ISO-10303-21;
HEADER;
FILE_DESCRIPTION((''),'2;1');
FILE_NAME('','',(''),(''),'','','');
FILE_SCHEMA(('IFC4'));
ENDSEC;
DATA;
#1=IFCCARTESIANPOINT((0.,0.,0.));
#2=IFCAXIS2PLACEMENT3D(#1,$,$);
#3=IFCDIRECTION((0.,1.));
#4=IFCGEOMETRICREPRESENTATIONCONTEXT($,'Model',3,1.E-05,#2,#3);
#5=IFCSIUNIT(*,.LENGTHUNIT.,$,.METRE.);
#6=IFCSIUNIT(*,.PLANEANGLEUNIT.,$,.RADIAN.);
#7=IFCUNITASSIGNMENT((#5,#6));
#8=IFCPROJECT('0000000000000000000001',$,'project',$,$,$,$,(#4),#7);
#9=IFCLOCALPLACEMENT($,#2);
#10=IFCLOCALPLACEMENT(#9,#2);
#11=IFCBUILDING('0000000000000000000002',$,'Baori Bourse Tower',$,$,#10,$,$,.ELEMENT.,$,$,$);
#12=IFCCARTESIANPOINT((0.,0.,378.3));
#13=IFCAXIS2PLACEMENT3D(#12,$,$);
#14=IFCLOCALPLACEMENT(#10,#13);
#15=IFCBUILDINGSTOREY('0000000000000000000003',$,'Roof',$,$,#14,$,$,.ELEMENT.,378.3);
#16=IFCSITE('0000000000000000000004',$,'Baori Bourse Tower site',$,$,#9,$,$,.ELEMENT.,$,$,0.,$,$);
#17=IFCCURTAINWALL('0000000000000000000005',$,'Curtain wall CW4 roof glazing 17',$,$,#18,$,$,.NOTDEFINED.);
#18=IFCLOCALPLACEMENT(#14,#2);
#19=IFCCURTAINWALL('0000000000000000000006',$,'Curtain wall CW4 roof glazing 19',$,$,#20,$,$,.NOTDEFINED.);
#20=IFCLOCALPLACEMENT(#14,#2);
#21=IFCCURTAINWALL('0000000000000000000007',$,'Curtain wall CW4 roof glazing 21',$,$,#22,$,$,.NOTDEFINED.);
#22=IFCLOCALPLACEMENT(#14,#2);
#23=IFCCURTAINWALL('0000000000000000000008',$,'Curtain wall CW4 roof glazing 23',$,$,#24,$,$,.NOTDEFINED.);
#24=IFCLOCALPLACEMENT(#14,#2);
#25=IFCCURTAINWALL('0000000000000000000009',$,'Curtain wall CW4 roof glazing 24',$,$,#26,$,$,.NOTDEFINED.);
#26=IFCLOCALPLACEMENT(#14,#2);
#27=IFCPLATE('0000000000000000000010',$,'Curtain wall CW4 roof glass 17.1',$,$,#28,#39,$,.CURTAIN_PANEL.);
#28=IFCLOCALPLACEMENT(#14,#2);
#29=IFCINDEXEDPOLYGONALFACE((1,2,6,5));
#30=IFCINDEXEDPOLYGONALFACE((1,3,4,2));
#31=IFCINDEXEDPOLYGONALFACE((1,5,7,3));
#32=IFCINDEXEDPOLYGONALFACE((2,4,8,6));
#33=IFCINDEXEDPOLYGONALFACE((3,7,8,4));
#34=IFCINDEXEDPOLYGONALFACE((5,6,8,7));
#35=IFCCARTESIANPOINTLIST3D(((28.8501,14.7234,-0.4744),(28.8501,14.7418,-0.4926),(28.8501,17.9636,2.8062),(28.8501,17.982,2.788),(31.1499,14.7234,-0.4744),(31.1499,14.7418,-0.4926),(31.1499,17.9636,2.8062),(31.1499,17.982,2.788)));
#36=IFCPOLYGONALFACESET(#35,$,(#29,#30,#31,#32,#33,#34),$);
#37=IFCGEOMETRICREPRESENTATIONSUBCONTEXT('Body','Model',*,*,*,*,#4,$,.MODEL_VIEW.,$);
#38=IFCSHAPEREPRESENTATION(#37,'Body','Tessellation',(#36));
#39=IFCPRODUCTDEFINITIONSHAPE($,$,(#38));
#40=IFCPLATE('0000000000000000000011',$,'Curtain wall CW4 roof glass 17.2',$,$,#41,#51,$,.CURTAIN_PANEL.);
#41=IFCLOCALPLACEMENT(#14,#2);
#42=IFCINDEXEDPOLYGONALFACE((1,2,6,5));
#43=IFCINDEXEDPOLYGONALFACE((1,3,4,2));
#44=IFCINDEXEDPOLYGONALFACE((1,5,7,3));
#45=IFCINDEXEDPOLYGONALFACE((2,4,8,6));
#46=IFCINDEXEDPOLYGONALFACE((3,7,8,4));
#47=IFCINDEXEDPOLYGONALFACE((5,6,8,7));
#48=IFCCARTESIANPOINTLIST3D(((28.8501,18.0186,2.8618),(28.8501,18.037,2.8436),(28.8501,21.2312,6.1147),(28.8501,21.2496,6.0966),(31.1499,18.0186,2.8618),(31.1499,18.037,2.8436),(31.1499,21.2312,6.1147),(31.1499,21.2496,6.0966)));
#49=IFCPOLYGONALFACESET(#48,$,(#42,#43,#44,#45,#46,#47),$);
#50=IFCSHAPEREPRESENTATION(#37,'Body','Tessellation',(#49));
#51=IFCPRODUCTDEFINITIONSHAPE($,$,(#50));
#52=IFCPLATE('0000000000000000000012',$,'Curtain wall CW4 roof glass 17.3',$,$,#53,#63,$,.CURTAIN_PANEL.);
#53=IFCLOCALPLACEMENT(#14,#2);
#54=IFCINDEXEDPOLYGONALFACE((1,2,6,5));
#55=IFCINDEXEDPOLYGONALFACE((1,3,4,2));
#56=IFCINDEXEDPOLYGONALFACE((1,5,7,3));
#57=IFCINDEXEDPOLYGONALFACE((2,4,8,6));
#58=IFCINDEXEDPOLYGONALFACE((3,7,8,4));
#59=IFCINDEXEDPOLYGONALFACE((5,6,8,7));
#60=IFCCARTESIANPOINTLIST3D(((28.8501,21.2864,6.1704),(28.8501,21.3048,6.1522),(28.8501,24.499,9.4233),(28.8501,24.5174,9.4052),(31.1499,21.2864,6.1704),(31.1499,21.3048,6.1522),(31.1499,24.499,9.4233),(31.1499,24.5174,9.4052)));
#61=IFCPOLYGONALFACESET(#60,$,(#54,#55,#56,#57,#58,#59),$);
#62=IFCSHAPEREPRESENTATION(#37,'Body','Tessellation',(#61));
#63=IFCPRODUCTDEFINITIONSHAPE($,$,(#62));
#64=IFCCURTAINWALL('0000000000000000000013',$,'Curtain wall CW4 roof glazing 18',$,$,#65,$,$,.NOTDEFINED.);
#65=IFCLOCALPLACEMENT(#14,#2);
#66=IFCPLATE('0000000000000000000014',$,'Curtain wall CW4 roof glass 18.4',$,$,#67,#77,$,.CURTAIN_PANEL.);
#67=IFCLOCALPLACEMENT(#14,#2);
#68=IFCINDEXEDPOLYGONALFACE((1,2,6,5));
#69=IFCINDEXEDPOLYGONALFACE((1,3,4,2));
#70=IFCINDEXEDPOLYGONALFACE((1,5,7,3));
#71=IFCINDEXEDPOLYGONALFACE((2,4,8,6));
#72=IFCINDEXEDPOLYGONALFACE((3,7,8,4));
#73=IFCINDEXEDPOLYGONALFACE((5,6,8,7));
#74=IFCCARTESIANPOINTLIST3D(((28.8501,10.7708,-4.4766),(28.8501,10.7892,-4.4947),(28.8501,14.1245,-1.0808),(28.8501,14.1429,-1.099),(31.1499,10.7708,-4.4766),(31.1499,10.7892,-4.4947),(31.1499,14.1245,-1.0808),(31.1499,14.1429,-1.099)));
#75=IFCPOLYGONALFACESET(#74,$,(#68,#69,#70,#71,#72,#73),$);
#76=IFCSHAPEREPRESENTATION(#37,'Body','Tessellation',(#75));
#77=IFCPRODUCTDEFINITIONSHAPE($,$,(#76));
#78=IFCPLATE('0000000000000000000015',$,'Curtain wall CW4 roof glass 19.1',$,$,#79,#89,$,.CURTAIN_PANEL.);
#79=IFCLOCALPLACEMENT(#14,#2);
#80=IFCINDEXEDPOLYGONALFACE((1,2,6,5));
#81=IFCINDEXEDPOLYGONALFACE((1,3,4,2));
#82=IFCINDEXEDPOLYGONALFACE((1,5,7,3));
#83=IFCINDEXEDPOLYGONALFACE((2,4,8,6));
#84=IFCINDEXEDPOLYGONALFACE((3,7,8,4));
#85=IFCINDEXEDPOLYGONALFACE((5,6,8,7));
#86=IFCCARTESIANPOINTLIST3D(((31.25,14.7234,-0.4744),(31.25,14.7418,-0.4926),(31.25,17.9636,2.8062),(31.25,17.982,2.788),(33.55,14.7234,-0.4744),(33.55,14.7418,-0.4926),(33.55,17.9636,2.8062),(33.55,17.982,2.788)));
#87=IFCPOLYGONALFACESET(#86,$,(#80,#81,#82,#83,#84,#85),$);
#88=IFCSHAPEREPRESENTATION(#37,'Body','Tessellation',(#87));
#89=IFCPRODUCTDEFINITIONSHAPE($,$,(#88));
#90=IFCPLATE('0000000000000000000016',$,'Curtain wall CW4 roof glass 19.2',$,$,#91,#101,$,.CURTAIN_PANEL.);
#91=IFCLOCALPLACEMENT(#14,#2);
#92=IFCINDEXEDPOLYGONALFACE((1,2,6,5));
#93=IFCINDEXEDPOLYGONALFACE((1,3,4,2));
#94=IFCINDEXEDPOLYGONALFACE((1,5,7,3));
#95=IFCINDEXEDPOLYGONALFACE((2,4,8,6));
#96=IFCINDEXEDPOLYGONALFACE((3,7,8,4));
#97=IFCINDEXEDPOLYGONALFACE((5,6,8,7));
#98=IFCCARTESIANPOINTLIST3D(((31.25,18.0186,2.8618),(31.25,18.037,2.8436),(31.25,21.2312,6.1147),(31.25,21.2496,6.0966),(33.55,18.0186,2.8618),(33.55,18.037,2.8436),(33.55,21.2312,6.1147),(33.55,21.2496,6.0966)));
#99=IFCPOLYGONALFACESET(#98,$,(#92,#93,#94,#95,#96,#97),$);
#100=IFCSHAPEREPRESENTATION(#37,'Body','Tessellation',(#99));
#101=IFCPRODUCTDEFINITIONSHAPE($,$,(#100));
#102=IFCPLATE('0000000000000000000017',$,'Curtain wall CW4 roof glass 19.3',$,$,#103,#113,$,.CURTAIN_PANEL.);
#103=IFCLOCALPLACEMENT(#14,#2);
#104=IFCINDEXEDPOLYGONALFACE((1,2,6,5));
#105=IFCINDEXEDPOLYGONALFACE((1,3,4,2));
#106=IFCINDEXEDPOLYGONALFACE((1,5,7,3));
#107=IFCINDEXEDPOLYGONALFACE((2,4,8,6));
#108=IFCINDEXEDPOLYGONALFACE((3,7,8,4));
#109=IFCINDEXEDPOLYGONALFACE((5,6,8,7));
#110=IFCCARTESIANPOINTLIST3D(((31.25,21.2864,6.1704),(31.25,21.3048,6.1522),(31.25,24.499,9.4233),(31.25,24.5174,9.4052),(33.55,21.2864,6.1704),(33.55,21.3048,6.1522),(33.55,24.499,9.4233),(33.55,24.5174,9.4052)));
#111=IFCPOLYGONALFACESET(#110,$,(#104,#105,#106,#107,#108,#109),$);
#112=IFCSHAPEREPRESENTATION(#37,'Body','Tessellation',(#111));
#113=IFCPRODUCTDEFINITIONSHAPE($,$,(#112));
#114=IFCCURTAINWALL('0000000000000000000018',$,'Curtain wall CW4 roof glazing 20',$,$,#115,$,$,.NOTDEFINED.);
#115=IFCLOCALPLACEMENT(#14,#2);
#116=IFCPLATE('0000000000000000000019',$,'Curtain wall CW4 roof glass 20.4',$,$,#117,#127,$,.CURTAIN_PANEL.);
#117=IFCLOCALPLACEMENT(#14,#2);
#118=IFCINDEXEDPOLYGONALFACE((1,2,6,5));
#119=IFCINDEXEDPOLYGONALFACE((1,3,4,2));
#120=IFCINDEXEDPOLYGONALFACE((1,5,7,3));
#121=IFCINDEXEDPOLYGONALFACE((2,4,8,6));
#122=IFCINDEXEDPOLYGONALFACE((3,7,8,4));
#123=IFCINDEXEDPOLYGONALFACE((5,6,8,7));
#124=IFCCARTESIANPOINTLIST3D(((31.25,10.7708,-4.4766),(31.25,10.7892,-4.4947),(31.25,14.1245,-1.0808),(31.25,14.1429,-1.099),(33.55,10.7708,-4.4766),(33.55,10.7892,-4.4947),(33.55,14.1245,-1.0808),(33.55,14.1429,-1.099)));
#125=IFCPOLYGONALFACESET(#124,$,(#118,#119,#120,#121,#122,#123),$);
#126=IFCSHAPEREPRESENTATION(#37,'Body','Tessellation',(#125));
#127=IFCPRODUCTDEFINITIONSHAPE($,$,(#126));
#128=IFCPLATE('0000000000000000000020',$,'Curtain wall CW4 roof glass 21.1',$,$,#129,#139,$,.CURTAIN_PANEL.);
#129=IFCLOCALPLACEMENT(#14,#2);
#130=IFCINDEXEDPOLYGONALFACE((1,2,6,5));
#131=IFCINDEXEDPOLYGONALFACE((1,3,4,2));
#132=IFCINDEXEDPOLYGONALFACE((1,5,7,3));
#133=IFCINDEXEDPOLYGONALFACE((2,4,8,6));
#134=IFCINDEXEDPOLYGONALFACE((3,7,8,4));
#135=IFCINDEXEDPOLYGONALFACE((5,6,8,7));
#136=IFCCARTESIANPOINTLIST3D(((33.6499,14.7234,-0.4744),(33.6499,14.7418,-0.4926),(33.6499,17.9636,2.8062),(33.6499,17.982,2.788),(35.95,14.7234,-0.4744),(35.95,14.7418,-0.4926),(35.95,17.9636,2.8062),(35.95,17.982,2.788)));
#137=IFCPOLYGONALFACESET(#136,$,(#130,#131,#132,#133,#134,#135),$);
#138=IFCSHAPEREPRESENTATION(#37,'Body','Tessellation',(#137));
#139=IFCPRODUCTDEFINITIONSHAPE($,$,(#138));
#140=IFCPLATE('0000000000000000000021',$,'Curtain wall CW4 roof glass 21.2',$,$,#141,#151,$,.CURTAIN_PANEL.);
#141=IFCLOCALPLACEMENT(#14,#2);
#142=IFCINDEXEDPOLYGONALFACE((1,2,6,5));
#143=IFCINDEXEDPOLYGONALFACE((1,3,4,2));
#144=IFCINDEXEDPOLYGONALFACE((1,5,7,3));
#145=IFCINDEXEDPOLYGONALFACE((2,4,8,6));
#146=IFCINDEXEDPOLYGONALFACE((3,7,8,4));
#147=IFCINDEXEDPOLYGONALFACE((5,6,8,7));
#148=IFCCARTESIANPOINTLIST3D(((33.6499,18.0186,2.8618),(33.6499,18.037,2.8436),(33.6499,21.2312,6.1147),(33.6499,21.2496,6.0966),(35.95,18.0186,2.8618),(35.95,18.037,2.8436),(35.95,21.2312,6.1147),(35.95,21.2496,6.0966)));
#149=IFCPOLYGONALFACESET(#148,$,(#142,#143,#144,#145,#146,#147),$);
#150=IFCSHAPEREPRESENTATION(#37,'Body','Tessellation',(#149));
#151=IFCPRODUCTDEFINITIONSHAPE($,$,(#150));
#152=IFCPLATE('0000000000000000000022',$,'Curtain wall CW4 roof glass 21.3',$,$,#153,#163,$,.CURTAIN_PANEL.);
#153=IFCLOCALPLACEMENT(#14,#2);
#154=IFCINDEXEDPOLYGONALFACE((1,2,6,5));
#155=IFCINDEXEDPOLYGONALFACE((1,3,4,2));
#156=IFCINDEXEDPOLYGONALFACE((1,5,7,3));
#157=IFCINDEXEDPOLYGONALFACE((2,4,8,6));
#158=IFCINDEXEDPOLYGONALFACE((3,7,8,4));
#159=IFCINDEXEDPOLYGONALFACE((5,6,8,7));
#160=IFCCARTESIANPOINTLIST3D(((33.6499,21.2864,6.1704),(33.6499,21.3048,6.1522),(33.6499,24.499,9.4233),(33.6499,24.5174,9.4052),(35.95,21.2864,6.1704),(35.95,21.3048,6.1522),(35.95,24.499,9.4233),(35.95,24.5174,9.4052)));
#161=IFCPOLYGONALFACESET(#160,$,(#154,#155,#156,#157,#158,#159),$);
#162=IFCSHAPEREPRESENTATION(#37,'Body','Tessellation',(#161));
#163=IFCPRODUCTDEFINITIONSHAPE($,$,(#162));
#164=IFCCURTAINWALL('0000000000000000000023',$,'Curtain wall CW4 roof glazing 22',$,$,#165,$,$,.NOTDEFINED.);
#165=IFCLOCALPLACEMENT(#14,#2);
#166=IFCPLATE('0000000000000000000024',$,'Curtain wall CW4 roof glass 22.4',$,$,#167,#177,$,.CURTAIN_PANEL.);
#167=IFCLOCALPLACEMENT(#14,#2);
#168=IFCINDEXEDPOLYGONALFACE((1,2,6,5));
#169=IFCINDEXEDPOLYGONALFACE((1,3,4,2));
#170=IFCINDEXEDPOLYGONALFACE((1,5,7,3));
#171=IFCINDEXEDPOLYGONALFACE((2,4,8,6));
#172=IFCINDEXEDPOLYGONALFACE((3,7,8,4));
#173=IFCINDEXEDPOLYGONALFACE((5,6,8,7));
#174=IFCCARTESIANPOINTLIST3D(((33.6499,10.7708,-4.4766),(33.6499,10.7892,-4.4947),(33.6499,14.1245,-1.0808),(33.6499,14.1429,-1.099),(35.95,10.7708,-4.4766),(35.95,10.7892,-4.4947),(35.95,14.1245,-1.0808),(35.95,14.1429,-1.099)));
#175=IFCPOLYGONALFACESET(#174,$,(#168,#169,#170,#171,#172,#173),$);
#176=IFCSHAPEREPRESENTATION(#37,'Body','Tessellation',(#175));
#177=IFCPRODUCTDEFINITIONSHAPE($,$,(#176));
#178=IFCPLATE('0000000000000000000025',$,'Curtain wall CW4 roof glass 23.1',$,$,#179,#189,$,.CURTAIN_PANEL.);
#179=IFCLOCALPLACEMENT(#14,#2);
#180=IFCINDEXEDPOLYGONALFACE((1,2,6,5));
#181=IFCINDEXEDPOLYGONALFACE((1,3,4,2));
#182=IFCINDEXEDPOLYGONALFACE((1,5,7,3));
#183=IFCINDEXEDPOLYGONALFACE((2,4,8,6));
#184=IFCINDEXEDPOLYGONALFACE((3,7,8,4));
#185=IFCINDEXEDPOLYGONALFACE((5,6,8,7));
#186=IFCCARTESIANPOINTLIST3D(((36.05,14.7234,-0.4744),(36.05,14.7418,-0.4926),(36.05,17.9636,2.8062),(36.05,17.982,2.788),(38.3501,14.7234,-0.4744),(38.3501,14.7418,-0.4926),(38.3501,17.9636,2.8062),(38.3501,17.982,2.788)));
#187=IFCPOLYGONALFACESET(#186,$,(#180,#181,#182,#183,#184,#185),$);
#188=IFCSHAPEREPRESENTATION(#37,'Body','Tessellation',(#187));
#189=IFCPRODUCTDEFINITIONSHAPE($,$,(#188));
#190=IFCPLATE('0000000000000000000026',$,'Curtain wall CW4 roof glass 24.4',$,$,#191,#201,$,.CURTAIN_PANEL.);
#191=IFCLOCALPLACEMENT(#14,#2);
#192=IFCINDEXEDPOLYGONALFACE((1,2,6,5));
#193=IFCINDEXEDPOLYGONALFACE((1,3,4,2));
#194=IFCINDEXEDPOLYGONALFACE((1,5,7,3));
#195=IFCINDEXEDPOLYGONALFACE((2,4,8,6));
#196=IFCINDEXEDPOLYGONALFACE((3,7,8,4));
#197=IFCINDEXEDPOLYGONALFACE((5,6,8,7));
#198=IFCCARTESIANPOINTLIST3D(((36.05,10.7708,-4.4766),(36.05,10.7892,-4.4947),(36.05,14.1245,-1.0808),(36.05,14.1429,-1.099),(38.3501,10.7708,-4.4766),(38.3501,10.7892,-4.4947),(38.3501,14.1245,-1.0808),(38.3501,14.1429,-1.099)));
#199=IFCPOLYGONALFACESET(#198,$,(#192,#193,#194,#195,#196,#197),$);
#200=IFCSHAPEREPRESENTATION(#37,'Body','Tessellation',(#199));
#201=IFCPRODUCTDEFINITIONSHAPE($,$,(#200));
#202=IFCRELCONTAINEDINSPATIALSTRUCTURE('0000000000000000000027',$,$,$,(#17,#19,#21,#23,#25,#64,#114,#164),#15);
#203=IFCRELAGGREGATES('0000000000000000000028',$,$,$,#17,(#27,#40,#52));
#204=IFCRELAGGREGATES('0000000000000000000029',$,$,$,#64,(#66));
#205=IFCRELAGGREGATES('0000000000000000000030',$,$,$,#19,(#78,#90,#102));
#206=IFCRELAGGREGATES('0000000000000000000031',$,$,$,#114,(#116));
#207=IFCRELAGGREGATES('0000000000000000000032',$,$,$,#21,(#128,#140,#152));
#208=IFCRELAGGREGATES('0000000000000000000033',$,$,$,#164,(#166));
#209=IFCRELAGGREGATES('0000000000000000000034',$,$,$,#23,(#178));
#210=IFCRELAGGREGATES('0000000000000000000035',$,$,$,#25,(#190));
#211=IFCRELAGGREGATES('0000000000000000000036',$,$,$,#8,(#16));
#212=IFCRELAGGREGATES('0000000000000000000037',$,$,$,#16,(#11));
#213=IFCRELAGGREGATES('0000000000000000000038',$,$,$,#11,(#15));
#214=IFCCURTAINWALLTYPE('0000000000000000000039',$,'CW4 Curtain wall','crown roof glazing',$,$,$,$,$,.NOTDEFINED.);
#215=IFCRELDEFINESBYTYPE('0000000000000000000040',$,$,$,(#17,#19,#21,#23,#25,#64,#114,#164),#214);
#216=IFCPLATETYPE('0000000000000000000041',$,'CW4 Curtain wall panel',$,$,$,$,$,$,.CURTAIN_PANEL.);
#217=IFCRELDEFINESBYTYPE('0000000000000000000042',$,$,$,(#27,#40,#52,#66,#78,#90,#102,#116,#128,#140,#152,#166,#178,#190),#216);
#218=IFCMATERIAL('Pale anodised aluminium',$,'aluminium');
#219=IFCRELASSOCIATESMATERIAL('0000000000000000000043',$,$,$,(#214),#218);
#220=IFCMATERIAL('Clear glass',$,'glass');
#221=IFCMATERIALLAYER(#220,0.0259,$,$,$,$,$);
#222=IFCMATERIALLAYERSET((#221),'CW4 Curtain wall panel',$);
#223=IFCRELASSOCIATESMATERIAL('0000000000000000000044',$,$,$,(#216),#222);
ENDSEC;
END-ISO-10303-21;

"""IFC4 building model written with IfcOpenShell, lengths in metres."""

from ifc_helpers import new_model, si_unit, direction, frame, origin, place, context, subcontext, project, spatial, polyline, outline, extrude, material, layer, layer_set, type_object, element, aggregate, save


model = new_model("IFC4")

# Units and contexts
model_context = context("Model", 3, precision=1e-05, world=origin(), true_north=direction((0.0, 1.0)))
body_context = subcontext(model_context, "Body", "Model", "MODEL_VIEW")
ifc_project = project(units=[si_unit("LENGTHUNIT", "METRE"), si_unit("PLANEANGLEUNIT", "RADIAN")], contexts=[model_context])

# Site, building, storey
site_placement = place(None, origin())
site = spatial("IfcSite", under=ifc_project, at=site_placement, Name="Baori Bourse Tower site", CompositionType="ELEMENT", RefElevation=0.0)
building_placement = place(site_placement, origin())
building = spatial("IfcBuilding", under=site, at=building_placement, Name="Baori Bourse Tower", CompositionType="ELEMENT")
storey_placement = place(building_placement, frame((0.0, 0.0, 378.3)))
storey = spatial("IfcBuildingStorey", under=building, at=storey_placement, Name="Roof", CompositionType="ELEMENT", Elevation=378.3)

# Shared definitions
ifc_material_1 = material(Name="Pale anodised aluminium", Category="aluminium")
curtain_wall_type = type_object("IfcCurtainWallType", Name="CW4 Curtain wall", Description="crown roof glazing", PredefinedType="NOTDEFINED", material=ifc_material_1)

# Curtain walls
curtain_wall_1_placement = place(storey_placement, origin())
curtain_wall_1 = element("IfcCurtainWall", 1, at=curtain_wall_1_placement, inside=storey, type_object=curtain_wall_type, Name="Curtain wall CW4 roof glazing 17", PredefinedType="NOTDEFINED")
curtain_wall_2_placement = place(storey_placement, origin())
curtain_wall_2 = element("IfcCurtainWall", 2, at=curtain_wall_2_placement, inside=storey, type_object=curtain_wall_type, Name="Curtain wall CW4 roof glazing 19", PredefinedType="NOTDEFINED")
curtain_wall_3_placement = place(storey_placement, origin())
curtain_wall_3 = element("IfcCurtainWall", 3, at=curtain_wall_3_placement, inside=storey, type_object=curtain_wall_type, Name="Curtain wall CW4 roof glazing 21", PredefinedType="NOTDEFINED")

# Curtain wall
curtain_wall_4_placement = place(storey_placement, origin())
curtain_wall_4 = element("IfcCurtainWall", 4, at=curtain_wall_4_placement, inside=storey, type_object=curtain_wall_type, Name="Curtain wall CW4 roof glazing 23", PredefinedType="NOTDEFINED")

# Curtain wall
curtain_wall_5_placement = place(storey_placement, origin())
curtain_wall_5 = element("IfcCurtainWall", 5, at=curtain_wall_5_placement, inside=storey, type_object=curtain_wall_type, Name="Curtain wall CW4 roof glazing 24", PredefinedType="NOTDEFINED")

# Plates
ifc_material_2 = material(Name="Clear glass", Category="glass")
ifc_layer_1 = layer(ifc_material_2, 0.0259)
ifc_layer_set_1 = layer_set([ifc_layer_1], Name="CW4 Curtain wall panel")
plate_type = type_object("IfcPlateType", Name="CW4 Curtain wall panel", PredefinedType="CURTAIN_PANEL", material=ifc_layer_set_1)
plate_1_placement = place(storey_placement, frame((28.8501, 14.7234, -0.4744), z_axis=(0.0, -0.711461, 0.702725), x_axis=(1.0, 0.0, 0.0)))
plate_1 = element("IfcPlate", 6, at=plate_1_placement, type_object=plate_type, Name="Curtain wall CW4 roof glass 17.1", PredefinedType="CURTAIN_PANEL", context=body_context, shape_type="SweptSolid", body=[
    extrude(outline(polyline([(0.0, 0.0), (2.2998, 0.0), (2.2998, 4.611), (0.0, 4.611), (0.0, 0.0)])), origin(), (0.0, 0.0, -1.0), 0.0259),
])
plate_2_placement = place(storey_placement, frame((28.8501, 18.0186, 2.8618), z_axis=(0.0, -0.711499, 0.702688), x_axis=(1.0, 0.0, 0.0)))
plate_2 = element("IfcPlate", 7, at=plate_2_placement, type_object=plate_type, Name="Curtain wall CW4 roof glass 17.2", PredefinedType="CURTAIN_PANEL", context=body_context, shape_type="SweptSolid", body=[
    extrude(outline(polyline([(0.0, 0.0), (2.2998, 0.0), (2.2998, 4.5719), (0.0, 4.5719), (0.0, 0.0)])), origin(), (0.0, 0.0, -1.0), 0.0259),
])
plate_3_placement = place(storey_placement, frame((28.8501, 21.2864, 6.1704), z_axis=(0.0, -0.711499, 0.702688), x_axis=(1.0, 0.0, 0.0)))
plate_3 = element("IfcPlate", 8, at=plate_3_placement, type_object=plate_type, Name="Curtain wall CW4 roof glass 17.3", PredefinedType="CURTAIN_PANEL", context=body_context, shape_type="SweptSolid", body=[
    extrude(outline(polyline([(0.0, 0.0), (2.2998, 0.0), (2.2998, 4.5719), (0.0, 4.5719), (0.0, 0.0)])), origin(), (0.0, 0.0, -1.0), 0.0259),
])
aggregate(curtain_wall_1, [plate_1, plate_2, plate_3])

# Curtain wall, plate
curtain_wall_6_placement = place(storey_placement, origin())
curtain_wall_6 = element("IfcCurtainWall", 9, at=curtain_wall_6_placement, inside=storey, type_object=curtain_wall_type, Name="Curtain wall CW4 roof glazing 18", PredefinedType="NOTDEFINED")
plate_4_placement = place(storey_placement, frame((28.8501, 10.7708, -4.4766), z_axis=(0.0, -0.711492, 0.702694), x_axis=(1.0, 0.0, 0.0)))
plate_4 = element("IfcPlate", 10, at=plate_4_placement, type_object=plate_type, Name="Curtain wall CW4 roof glass 18.4", PredefinedType="CURTAIN_PANEL", context=body_context, shape_type="SweptSolid", body=[
    extrude(outline(polyline([(0.0, 0.0), (2.2998, 0.0), (2.2998, 4.7727), (0.0, 4.7727), (0.0, 0.0)])), origin(), (0.0, 0.0, -1.0), 0.0259),
])
aggregate(curtain_wall_6, [plate_4])

# Plates
plate_5_placement = place(storey_placement, frame((31.25, 14.7234, -0.4744), z_axis=(0.0, -0.711461, 0.702725), x_axis=(1.0, 0.0, 0.0)))
plate_5 = element("IfcPlate", 11, at=plate_5_placement, type_object=plate_type, Name="Curtain wall CW4 roof glass 19.1", PredefinedType="CURTAIN_PANEL", context=body_context, shape_type="SweptSolid", body=[
    extrude(outline(polyline([(0.0, 0.0), (2.3, 0.0), (2.3, 4.611), (0.0, 4.611), (0.0, 0.0)])), origin(), (0.0, 0.0, -1.0), 0.0259),
])
plate_6_placement = place(storey_placement, frame((31.25, 18.0186, 2.8618), z_axis=(0.0, -0.711499, 0.702688), x_axis=(1.0, 0.0, 0.0)))
plate_6 = element("IfcPlate", 12, at=plate_6_placement, type_object=plate_type, Name="Curtain wall CW4 roof glass 19.2", PredefinedType="CURTAIN_PANEL", context=body_context, shape_type="SweptSolid", body=[
    extrude(outline(polyline([(0.0, 0.0), (2.3, 0.0), (2.3, 4.5719), (0.0, 4.5719), (0.0, 0.0)])), origin(), (0.0, 0.0, -1.0), 0.0259),
])
plate_7_placement = place(storey_placement, frame((31.25, 21.2864, 6.1704), z_axis=(0.0, -0.711499, 0.702688), x_axis=(1.0, 0.0, 0.0)))
plate_7 = element("IfcPlate", 13, at=plate_7_placement, type_object=plate_type, Name="Curtain wall CW4 roof glass 19.3", PredefinedType="CURTAIN_PANEL", context=body_context, shape_type="SweptSolid", body=[
    extrude(outline(polyline([(0.0, 0.0), (2.3, 0.0), (2.3, 4.5719), (0.0, 4.5719), (0.0, 0.0)])), origin(), (0.0, 0.0, -1.0), 0.0259),
])
aggregate(curtain_wall_2, [plate_5, plate_6, plate_7])

# Curtain wall, plate
curtain_wall_7_placement = place(storey_placement, origin())
curtain_wall_7 = element("IfcCurtainWall", 14, at=curtain_wall_7_placement, inside=storey, type_object=curtain_wall_type, Name="Curtain wall CW4 roof glazing 20", PredefinedType="NOTDEFINED")
plate_8_placement = place(storey_placement, frame((31.25, 10.7708, -4.4766), z_axis=(0.0, -0.711492, 0.702694), x_axis=(1.0, 0.0, 0.0)))
plate_8 = element("IfcPlate", 15, at=plate_8_placement, type_object=plate_type, Name="Curtain wall CW4 roof glass 20.4", PredefinedType="CURTAIN_PANEL", context=body_context, shape_type="SweptSolid", body=[
    extrude(outline(polyline([(0.0, 0.0), (2.3, 0.0), (2.3, 4.7727), (0.0, 4.7727), (0.0, 0.0)])), origin(), (0.0, 0.0, -1.0), 0.0259),
])
aggregate(curtain_wall_7, [plate_8])

# Plates
plate_9_placement = place(storey_placement, frame((33.6499, 14.7234, -0.4744), z_axis=(0.0, -0.711461, 0.702725), x_axis=(1.0, 0.0, 0.0)))
plate_9 = element("IfcPlate", 16, at=plate_9_placement, type_object=plate_type, Name="Curtain wall CW4 roof glass 21.1", PredefinedType="CURTAIN_PANEL", context=body_context, shape_type="SweptSolid", body=[
    extrude(outline(polyline([(0.0, 0.0), (2.3, 0.0), (2.3, 4.611), (0.0, 4.611), (0.0, 0.0)])), origin(), (0.0, 0.0, -1.0), 0.0259),
])
plate_10_placement = place(storey_placement, frame((33.6499, 18.0186, 2.8618), z_axis=(0.0, -0.711499, 0.702688), x_axis=(1.0, 0.0, 0.0)))
plate_10 = element("IfcPlate", 17, at=plate_10_placement, type_object=plate_type, Name="Curtain wall CW4 roof glass 21.2", PredefinedType="CURTAIN_PANEL", context=body_context, shape_type="SweptSolid", body=[
    extrude(outline(polyline([(0.0, 0.0), (2.3, 0.0), (2.3, 4.5719), (0.0, 4.5719), (0.0, 0.0)])), origin(), (0.0, 0.0, -1.0), 0.0259),
])
plate_11_placement = place(storey_placement, frame((33.6499, 21.2864, 6.1704), z_axis=(0.0, -0.711499, 0.702688), x_axis=(1.0, 0.0, 0.0)))
plate_11 = element("IfcPlate", 18, at=plate_11_placement, type_object=plate_type, Name="Curtain wall CW4 roof glass 21.3", PredefinedType="CURTAIN_PANEL", context=body_context, shape_type="SweptSolid", body=[
    extrude(outline(polyline([(0.0, 0.0), (2.3, 0.0), (2.3, 4.5719), (0.0, 4.5719), (0.0, 0.0)])), origin(), (0.0, 0.0, -1.0), 0.0259),
])
aggregate(curtain_wall_3, [plate_9, plate_10, plate_11])

# Curtain wall, plate
curtain_wall_8_placement = place(storey_placement, origin())
curtain_wall_8 = element("IfcCurtainWall", 19, at=curtain_wall_8_placement, inside=storey, type_object=curtain_wall_type, Name="Curtain wall CW4 roof glazing 22", PredefinedType="NOTDEFINED")
plate_12_placement = place(storey_placement, frame((33.6499, 10.7708, -4.4766), z_axis=(0.0, -0.711492, 0.702694), x_axis=(1.0, 0.0, 0.0)))
plate_12 = element("IfcPlate", 20, at=plate_12_placement, type_object=plate_type, Name="Curtain wall CW4 roof glass 22.4", PredefinedType="CURTAIN_PANEL", context=body_context, shape_type="SweptSolid", body=[
    extrude(outline(polyline([(0.0, 0.0), (2.3, 0.0), (2.3, 4.7727), (0.0, 4.7727), (0.0, 0.0)])), origin(), (0.0, 0.0, -1.0), 0.0259),
])
aggregate(curtain_wall_8, [plate_12])

# Plates
plate_13_placement = place(storey_placement, frame((36.05, 14.7234, -0.4744), z_axis=(0.0, -0.711461, 0.702725), x_axis=(1.0, 0.0, 0.0)))
plate_13 = element("IfcPlate", 21, at=plate_13_placement, type_object=plate_type, Name="Curtain wall CW4 roof glass 23.1", PredefinedType="CURTAIN_PANEL", context=body_context, shape_type="SweptSolid", body=[
    extrude(outline(polyline([(0.0, 0.0), (2.3, 0.0), (2.3, 4.611), (0.0, 4.611), (0.0, 0.0)])), origin(), (0.0, 0.0, -1.0), 0.0259),
])
aggregate(curtain_wall_4, [plate_13])
plate_14_placement = place(storey_placement, frame((36.05, 10.7708, -4.4766), z_axis=(0.0, -0.711492, 0.702694), x_axis=(1.0, 0.0, 0.0)))
plate_14 = element("IfcPlate", 22, at=plate_14_placement, type_object=plate_type, Name="Curtain wall CW4 roof glass 24.4", PredefinedType="CURTAIN_PANEL", context=body_context, shape_type="SweptSolid", body=[
    extrude(outline(polyline([(0.0, 0.0), (2.3, 0.0), (2.3, 4.7727), (0.0, 4.7727), (0.0, 0.0)])), origin(), (0.0, 0.0, -1.0), 0.0259),
])
aggregate(curtain_wall_5, [plate_14])

save(model, "model.ifc")
